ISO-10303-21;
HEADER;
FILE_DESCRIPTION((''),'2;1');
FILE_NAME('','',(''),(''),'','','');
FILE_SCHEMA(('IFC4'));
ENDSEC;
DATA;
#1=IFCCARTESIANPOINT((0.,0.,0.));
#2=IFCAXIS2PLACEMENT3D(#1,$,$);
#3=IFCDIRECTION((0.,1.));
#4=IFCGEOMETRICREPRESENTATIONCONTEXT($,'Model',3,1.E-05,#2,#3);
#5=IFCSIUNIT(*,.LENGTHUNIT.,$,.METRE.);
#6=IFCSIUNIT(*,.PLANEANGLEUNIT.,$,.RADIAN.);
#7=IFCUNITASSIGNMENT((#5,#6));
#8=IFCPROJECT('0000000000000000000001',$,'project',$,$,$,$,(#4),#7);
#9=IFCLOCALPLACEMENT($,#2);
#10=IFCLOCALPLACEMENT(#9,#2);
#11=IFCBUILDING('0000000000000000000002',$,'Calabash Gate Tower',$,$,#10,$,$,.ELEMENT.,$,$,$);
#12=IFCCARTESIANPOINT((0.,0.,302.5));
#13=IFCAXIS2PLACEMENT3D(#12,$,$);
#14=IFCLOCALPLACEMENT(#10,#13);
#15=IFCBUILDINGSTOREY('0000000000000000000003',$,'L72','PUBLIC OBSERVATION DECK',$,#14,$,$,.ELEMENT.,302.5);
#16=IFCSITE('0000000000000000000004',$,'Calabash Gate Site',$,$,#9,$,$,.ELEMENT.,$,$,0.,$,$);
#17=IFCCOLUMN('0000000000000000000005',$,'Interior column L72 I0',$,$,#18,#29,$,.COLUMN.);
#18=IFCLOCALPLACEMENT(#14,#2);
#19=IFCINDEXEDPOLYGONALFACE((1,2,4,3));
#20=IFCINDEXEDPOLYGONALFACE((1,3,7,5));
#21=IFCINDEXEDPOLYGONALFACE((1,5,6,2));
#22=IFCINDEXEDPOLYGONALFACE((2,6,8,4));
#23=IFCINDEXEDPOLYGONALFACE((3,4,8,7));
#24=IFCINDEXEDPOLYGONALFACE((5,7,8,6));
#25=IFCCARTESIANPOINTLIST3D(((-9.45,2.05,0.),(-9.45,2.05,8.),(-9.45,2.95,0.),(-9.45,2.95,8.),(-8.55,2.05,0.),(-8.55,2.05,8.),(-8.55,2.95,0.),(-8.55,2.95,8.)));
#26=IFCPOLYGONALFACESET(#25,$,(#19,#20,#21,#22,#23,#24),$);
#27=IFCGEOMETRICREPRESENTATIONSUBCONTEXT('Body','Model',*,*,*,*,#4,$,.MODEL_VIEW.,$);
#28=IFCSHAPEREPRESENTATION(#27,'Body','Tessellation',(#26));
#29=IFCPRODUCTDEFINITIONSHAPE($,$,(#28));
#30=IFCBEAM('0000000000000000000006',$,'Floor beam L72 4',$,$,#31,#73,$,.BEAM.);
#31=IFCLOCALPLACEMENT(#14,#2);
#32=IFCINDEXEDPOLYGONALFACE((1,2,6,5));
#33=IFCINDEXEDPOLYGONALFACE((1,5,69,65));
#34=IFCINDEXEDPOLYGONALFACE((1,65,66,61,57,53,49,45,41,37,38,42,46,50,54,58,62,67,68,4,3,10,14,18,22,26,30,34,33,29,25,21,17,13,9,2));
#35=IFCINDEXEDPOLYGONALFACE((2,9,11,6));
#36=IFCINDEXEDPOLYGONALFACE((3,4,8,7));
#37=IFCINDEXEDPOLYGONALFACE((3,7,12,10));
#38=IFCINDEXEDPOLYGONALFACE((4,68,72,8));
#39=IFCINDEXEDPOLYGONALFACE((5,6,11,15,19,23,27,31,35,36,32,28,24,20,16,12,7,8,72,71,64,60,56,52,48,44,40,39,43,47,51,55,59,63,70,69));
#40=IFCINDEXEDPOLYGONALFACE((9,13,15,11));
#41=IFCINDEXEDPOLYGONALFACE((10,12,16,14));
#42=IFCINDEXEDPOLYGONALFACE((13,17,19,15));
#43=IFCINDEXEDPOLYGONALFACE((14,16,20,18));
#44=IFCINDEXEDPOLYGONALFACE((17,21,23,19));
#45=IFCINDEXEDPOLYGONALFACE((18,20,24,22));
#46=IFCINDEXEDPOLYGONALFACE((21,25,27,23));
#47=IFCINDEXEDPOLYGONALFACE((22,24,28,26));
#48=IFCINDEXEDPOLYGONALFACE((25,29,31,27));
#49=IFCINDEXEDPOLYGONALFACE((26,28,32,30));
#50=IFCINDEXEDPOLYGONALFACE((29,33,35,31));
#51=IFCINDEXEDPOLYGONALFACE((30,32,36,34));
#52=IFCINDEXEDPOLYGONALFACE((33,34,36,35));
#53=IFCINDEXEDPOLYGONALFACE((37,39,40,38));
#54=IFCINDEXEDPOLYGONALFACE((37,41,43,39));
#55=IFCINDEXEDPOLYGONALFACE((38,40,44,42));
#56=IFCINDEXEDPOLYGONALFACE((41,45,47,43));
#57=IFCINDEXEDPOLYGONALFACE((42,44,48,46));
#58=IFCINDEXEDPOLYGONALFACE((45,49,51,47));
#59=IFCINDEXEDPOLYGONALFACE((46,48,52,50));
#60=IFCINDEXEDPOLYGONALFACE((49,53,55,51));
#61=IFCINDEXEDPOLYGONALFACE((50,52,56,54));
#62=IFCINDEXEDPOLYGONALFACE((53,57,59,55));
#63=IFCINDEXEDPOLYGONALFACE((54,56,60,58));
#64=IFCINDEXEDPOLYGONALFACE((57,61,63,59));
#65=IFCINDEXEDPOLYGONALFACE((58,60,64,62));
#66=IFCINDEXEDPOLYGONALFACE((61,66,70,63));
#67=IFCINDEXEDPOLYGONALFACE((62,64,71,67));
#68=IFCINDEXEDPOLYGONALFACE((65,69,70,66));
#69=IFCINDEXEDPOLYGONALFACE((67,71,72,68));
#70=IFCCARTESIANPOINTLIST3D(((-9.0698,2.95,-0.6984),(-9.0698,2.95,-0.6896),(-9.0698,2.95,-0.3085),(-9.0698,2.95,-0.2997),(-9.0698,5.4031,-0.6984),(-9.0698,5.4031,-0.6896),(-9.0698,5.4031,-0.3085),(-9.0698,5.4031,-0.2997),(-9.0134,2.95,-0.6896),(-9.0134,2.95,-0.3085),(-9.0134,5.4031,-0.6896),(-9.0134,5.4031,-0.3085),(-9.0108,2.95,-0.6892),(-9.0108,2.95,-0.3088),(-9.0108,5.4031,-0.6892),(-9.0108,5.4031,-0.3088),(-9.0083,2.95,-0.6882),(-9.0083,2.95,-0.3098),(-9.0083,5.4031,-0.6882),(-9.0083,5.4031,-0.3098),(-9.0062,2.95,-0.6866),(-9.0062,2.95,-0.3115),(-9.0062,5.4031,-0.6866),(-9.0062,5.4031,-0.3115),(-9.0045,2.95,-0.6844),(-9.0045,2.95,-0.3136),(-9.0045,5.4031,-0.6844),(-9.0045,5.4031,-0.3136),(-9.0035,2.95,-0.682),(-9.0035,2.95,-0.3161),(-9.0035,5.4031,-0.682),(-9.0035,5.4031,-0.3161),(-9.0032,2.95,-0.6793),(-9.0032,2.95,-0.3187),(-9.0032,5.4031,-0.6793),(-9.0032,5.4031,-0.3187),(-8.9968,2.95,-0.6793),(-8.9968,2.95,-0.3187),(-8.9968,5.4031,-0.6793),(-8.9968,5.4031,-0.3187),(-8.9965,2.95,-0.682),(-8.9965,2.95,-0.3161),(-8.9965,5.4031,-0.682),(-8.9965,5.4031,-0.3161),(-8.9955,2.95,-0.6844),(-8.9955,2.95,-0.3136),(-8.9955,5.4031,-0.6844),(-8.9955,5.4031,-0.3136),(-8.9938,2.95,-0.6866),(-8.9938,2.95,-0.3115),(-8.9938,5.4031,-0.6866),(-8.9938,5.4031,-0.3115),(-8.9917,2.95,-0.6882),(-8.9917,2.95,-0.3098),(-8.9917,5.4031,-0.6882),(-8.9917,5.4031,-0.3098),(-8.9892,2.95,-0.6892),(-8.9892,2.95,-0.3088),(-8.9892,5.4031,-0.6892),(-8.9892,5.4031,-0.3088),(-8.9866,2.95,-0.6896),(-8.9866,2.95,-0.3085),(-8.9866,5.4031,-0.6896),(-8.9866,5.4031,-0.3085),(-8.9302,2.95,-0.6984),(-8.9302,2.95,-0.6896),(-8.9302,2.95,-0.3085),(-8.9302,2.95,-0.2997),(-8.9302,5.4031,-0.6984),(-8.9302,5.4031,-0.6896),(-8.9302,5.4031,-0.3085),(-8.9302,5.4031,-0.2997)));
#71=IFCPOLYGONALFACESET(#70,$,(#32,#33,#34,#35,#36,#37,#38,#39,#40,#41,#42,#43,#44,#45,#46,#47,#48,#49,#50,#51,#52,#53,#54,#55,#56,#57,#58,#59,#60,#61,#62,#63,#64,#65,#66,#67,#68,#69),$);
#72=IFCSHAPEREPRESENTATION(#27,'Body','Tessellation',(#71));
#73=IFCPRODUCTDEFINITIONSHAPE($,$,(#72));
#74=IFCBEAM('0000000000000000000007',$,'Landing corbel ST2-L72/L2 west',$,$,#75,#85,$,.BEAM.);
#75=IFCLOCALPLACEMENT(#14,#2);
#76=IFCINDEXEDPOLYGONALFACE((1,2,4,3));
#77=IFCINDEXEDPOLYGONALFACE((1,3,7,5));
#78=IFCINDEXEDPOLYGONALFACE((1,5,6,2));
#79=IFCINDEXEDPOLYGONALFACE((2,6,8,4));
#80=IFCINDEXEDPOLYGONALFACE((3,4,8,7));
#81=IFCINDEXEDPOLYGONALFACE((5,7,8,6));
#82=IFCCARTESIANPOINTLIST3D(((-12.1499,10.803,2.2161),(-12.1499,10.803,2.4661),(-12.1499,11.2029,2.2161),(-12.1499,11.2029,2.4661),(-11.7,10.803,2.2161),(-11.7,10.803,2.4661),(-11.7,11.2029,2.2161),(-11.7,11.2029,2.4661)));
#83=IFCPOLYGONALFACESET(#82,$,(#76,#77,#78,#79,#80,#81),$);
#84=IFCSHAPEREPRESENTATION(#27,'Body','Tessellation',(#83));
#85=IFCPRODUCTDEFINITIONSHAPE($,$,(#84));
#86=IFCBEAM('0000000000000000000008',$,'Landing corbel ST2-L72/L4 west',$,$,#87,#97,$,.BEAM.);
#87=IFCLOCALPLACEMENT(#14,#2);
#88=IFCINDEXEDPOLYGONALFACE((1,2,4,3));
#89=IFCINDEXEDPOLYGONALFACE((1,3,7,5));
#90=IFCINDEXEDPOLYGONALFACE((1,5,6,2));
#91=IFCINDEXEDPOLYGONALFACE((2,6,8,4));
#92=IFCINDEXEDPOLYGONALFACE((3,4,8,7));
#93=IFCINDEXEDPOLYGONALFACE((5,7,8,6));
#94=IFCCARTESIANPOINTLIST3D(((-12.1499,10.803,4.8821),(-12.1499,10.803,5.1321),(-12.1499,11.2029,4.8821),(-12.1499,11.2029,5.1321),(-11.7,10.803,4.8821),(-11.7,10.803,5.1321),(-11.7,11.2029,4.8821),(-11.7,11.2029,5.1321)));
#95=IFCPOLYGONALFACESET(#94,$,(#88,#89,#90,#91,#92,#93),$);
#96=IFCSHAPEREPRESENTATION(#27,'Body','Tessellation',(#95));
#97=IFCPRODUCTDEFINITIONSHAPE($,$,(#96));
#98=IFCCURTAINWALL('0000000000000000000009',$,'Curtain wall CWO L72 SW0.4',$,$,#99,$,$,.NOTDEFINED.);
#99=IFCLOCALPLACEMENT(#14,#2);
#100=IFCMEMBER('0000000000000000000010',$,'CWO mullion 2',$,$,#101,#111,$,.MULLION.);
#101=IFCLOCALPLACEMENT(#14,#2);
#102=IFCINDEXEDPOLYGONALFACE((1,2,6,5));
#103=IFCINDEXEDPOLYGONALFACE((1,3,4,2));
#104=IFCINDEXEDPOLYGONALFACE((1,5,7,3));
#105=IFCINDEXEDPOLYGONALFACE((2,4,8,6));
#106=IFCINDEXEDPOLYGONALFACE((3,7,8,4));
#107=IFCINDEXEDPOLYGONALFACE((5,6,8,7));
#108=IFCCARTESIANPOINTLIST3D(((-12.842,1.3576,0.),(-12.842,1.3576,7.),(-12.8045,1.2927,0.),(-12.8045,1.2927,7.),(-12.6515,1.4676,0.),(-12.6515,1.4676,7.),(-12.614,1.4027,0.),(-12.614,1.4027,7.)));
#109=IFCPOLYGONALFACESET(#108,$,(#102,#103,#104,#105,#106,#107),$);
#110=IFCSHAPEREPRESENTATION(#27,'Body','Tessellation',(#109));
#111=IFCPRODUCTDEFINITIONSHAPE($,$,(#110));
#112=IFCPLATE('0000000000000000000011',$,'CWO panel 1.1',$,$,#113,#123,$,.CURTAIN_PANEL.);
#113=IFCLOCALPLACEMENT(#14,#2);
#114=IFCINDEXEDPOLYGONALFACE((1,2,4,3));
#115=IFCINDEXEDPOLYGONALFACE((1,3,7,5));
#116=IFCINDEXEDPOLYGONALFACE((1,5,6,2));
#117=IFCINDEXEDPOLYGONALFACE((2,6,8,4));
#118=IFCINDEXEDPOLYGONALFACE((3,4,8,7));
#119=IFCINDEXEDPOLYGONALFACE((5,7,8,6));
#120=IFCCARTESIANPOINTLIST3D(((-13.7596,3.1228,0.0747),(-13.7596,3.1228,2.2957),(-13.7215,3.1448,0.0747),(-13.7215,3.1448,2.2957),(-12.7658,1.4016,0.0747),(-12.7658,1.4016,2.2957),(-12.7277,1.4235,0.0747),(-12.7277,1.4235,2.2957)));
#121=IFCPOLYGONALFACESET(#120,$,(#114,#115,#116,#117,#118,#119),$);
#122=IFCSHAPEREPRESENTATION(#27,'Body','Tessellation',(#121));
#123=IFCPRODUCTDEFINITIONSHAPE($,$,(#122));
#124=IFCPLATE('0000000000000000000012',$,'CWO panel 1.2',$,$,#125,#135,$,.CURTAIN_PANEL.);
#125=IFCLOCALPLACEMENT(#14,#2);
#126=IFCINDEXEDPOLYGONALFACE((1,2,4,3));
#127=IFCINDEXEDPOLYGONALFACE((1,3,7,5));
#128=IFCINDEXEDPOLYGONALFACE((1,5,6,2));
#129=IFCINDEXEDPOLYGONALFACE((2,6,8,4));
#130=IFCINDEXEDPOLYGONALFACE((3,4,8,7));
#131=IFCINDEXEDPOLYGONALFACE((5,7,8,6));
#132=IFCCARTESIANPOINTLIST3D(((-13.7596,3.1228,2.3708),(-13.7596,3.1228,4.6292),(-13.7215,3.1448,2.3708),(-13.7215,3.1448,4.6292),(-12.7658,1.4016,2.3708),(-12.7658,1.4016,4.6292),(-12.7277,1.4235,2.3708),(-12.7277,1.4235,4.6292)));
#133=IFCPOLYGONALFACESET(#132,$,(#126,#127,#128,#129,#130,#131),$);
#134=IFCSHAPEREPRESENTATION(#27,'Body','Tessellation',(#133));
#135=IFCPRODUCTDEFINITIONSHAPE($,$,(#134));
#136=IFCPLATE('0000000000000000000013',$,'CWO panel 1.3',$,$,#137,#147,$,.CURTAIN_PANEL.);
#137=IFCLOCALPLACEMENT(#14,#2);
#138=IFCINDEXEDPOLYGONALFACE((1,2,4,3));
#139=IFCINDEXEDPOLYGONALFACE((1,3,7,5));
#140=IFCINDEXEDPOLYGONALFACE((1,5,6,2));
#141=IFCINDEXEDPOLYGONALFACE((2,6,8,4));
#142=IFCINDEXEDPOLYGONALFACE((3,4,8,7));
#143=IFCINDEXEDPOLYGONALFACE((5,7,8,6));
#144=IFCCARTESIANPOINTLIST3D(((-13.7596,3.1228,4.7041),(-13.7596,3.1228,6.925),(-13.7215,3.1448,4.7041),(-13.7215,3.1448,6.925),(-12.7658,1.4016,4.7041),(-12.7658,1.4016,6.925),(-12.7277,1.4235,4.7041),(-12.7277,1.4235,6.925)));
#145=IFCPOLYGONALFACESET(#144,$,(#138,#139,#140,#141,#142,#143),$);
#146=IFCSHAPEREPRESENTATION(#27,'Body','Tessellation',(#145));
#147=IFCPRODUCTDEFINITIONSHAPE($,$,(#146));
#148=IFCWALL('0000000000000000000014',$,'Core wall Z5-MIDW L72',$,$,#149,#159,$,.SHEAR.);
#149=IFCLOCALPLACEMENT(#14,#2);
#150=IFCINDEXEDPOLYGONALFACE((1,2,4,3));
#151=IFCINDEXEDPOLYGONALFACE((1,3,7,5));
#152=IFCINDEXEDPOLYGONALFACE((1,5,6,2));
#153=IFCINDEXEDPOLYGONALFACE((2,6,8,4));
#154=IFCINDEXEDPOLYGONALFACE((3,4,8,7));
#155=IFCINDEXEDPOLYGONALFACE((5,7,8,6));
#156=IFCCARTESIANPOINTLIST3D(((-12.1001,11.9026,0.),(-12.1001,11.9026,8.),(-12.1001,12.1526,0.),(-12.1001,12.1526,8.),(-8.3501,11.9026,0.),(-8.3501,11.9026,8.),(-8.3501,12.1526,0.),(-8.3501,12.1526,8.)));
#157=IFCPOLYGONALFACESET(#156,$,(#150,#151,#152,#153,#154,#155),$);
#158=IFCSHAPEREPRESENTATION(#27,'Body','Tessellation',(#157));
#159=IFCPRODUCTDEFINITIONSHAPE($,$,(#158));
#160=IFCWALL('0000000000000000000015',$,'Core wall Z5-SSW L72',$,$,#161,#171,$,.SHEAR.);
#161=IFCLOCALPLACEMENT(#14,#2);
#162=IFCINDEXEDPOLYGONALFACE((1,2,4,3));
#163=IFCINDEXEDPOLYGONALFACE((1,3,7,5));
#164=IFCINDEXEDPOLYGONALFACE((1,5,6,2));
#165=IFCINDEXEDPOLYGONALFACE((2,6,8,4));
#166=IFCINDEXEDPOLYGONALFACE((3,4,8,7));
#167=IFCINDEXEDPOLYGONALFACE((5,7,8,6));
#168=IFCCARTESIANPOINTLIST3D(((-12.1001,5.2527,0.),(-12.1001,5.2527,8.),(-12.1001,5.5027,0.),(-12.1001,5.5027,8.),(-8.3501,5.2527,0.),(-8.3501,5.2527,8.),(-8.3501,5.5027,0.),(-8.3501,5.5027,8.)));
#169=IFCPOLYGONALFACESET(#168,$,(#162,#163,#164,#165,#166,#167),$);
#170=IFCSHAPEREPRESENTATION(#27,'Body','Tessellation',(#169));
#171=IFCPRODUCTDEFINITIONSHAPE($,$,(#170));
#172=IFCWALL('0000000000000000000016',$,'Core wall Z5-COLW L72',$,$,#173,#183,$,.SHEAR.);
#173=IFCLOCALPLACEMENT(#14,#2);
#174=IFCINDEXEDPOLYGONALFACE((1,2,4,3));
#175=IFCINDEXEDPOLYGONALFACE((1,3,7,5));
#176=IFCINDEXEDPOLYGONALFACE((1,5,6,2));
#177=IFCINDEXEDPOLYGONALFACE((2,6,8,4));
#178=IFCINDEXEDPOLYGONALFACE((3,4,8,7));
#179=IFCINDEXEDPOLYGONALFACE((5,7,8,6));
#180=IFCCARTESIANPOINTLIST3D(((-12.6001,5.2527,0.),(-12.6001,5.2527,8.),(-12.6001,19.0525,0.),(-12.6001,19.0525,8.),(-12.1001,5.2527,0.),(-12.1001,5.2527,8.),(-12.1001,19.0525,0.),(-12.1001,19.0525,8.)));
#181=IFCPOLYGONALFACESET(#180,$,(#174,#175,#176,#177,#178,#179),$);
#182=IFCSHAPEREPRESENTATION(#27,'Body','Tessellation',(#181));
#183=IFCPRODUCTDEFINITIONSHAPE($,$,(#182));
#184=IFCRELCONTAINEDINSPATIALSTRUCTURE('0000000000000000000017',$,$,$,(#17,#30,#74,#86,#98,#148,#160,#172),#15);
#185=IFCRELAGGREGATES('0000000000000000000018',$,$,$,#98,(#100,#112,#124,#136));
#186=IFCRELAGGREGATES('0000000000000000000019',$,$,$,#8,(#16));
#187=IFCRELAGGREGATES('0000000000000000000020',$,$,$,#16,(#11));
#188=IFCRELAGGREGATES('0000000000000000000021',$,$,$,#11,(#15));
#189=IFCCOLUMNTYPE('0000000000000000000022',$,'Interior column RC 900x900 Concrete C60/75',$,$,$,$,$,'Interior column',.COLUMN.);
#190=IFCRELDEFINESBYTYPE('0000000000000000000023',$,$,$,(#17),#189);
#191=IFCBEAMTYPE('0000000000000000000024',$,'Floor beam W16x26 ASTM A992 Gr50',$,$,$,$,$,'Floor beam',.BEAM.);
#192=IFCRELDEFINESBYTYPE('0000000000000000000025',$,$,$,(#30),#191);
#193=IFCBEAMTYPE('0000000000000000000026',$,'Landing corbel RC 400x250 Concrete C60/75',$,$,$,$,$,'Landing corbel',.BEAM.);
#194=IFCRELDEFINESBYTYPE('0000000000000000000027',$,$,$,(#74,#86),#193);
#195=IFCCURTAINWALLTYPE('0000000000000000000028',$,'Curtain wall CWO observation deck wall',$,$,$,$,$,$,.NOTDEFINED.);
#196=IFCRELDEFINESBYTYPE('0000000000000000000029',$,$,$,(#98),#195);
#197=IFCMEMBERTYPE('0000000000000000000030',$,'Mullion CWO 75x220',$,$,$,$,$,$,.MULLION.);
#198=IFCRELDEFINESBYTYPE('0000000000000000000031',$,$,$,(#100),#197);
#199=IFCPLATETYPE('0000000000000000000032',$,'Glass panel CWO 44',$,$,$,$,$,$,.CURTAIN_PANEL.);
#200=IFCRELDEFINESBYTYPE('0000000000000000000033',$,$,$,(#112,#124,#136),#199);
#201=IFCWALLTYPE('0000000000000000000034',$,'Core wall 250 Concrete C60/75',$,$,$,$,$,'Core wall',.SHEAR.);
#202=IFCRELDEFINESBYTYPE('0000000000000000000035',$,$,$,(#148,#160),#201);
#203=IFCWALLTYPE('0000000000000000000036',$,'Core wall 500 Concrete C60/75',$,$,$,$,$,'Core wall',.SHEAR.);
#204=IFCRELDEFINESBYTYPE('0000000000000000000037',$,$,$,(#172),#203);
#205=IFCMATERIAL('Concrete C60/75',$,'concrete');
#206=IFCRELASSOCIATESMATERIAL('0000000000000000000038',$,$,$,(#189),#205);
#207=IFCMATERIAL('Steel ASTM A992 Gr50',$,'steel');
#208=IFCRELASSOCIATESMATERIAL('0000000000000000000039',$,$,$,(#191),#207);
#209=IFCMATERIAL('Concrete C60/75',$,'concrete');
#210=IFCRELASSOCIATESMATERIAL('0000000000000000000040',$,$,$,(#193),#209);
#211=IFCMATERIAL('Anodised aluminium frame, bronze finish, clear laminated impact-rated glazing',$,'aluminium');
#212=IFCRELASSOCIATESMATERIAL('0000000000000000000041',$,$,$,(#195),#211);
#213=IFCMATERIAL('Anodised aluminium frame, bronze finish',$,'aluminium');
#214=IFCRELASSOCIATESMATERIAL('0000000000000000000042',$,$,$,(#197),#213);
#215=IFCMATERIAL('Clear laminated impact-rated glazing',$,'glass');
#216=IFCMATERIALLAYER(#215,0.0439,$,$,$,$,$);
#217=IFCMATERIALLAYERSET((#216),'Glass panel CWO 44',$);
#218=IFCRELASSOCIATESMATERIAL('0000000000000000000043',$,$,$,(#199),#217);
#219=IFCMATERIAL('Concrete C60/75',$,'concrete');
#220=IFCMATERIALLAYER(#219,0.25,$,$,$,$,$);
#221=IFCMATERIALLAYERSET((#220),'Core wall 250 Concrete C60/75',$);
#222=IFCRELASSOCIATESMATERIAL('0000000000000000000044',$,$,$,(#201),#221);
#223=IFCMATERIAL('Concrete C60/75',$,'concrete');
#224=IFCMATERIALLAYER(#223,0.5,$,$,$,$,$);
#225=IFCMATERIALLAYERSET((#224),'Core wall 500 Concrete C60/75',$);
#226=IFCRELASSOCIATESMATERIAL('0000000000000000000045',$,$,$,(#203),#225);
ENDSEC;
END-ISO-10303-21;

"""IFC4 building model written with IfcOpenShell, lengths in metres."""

from ifc_helpers import new_model, si_unit, direction, frame, frame_2d, origin, origin_2d, place, context, subcontext, project, spatial, rectangle, i_section, extrude, material, layer, layer_set, material_profile, profile_set, type_object, element, aggregate, save


model = new_model("IFC4")

# Units and contexts
model_context = context("Model", 3, precision=1e-05, world=origin(), true_north=direction((0.0, 1.0)))
body_context = subcontext(model_context, "Body", "Model", "MODEL_VIEW")
ifc_project = project(units=[si_unit("LENGTHUNIT", "METRE"), si_unit("PLANEANGLEUNIT", "RADIAN")], contexts=[model_context])

# Site, building, storey
site_placement = place(None, origin())
site = spatial("IfcSite", under=ifc_project, at=site_placement, Name="Calabash Gate Site", CompositionType="ELEMENT", RefElevation=0.0)
building_placement = place(site_placement, origin())
building = spatial("IfcBuilding", under=site, at=building_placement, Name="Calabash Gate Tower", CompositionType="ELEMENT")
storey_placement = place(building_placement, frame((0.0, 0.0, 302.5)))
storey = spatial("IfcBuildingStorey", under=building, at=storey_placement, Name="L72", Description="PUBLIC OBSERVATION DECK", CompositionType="ELEMENT", Elevation=302.5)

# Column
ifc_material_1 = material(Name="Concrete C60/75", Category="concrete")
ifc_material_profile_1 = material_profile(ifc_material_1, rectangle(XDim=0.8999, YDim=0.8999, at=origin_2d()))
ifc_profile_set_1 = profile_set([ifc_material_profile_1], Name="Concrete C60/75")
column_type = type_object("IfcColumnType", Name="Interior column RC 900x900 Concrete C60/75", ElementType="Interior column", PredefinedType="COLUMN", material=ifc_profile_set_1)
column_placement = place(storey_placement, frame((-9.0, 2.5, 0.0), z_axis=(0.0, 0.0, 1.0), x_axis=(1.0, 0.0, 0.0)))
element("IfcColumn", 1, at=column_placement, inside=storey, type_object=column_type, Name="Interior column L72 I0", PredefinedType="COLUMN", context=body_context, shape_type="SweptSolid", body=[
    extrude(rectangle(XDim=0.8999, YDim=0.8999, at=origin_2d()), origin(), (0.0, 0.0, 1.0), 8.0),
])

# Beams
ifc_material_2 = material(Name="Steel ASTM A992 Gr50", Category="steel")
ifc_material_profile_2 = material_profile(ifc_material_2, i_section(OverallWidth=0.1396, OverallDepth=0.3987, WebThickness=0.0063, FlangeThickness=0.0088, FilletRadius=0.0103, at=origin_2d()))
ifc_profile_set_2 = profile_set([ifc_material_profile_2], Name="Steel ASTM A992 Gr50")
beam_type_1 = type_object("IfcBeamType", Name="Floor beam W16x26 ASTM A992 Gr50", ElementType="Floor beam", PredefinedType="BEAM", material=ifc_profile_set_2)
beam_placement = place(storey_placement, frame((-9.0, 2.95, -0.499), z_axis=(0.0, 1.0, 0.0), x_axis=(-1.0, 0.0, 0.0)))
element("IfcBeam", 2, at=beam_placement, inside=storey, type_object=beam_type_1, Name="Floor beam L72 4", PredefinedType="BEAM", context=body_context, shape_type="SweptSolid", body=[
    extrude(i_section(OverallWidth=0.1396, OverallDepth=0.3987, WebThickness=0.0063, FlangeThickness=0.0088, FilletRadius=0.0103, at=origin_2d()), origin(), (0.0, 0.0, 1.0), 2.4531),
])
ifc_material_3 = material(Name="Concrete C60/75", Category="concrete")
ifc_material_profile_3 = material_profile(ifc_material_3, rectangle(XDim=0.3999, YDim=0.25, at=origin_2d()))
ifc_profile_set_3 = profile_set([ifc_material_profile_3], Name="Concrete C60/75")
beam_type_2 = type_object("IfcBeamType", Name="Landing corbel RC 400x250 Concrete C60/75", ElementType="Landing corbel", PredefinedType="BEAM", material=ifc_profile_set_3)
for number, where, z_axis, x_axis, name in (
    (3, (-12.1499, 11.0029, 2.3411), (1.0, 0.0, 0.0), (0.0, 1.0, 0.0), "Landing corbel ST2-L72/L2 west"),
    (4, (-12.1499, 11.0029, 5.0071), (1.0, 0.0, 0.0), (0.0, 1.0, 0.0), "Landing corbel ST2-L72/L4 west"),
):
    element("IfcBeam", number, at=place(storey_placement, frame(where, z_axis=z_axis, x_axis=x_axis)), inside=storey, type_object=beam_type_2, Name=name, PredefinedType="BEAM", context=body_context, shape_type="SweptSolid", body=[
        extrude(rectangle(XDim=0.3999, YDim=0.25, at=origin_2d()), origin(), (0.0, 0.0, 1.0), 0.45),
    ])

# Curtain wall, member, plates
ifc_material_4 = material(Name="Anodised aluminium frame, bronze finish, clear laminated impact-rated glazing", Category="aluminium")
curtain_wall_type = type_object("IfcCurtainWallType", Name="Curtain wall CWO observation deck wall", PredefinedType="NOTDEFINED", material=ifc_material_4)
curtain_wall_placement = place(storey_placement, origin())
curtain_wall = element("IfcCurtainWall", 5, at=curtain_wall_placement, inside=storey, type_object=curtain_wall_type, Name="Curtain wall CWO L72 SW0.4", PredefinedType="NOTDEFINED")
ifc_material_5 = material(Name="Anodised aluminium frame, bronze finish", Category="aluminium")
ifc_material_profile_4 = material_profile(ifc_material_5, rectangle(XDim=0.22, YDim=0.075, at=origin_2d()))
ifc_profile_set_4 = profile_set([ifc_material_profile_4], Name="Anodised aluminium frame, bronze finish")
member_type = type_object("IfcMemberType", Name="Mullion CWO 75x220", PredefinedType="MULLION", material=ifc_profile_set_4)
member_placement = place(storey_placement, frame((-12.728, 1.3801, 0.0), z_axis=(0.0, 0.0, 1.0), x_axis=(0.866025, 0.5, 0.0)))
member = element("IfcMember", 6, at=member_placement, type_object=member_type, Name="CWO mullion 2", PredefinedType="MULLION", context=body_context, shape_type="SweptSolid", body=[
    extrude(rectangle(XDim=0.22, YDim=0.075, at=origin_2d()), origin(), (0.0, 0.0, 1.0), 7.0),
])
ifc_material_6 = material(Name="Clear laminated impact-rated glazing", Category="glass")
ifc_layer_1 = layer(ifc_material_6, 0.0439)
ifc_layer_set_1 = layer_set([ifc_layer_1], Name="Glass panel CWO 44")
plate_type = type_object("IfcPlateType", Name="Glass panel CWO 44", PredefinedType="CURTAIN_PANEL", material=ifc_layer_set_1)
plate_1_placement = place(storey_placement, frame((-13.2437, 2.2732, 0.0747), z_axis=(0.0, 0.0, 1.0), x_axis=(0.5, -0.866025, 0.0)))
plate_1 = element("IfcPlate", 7, at=plate_1_placement, type_object=plate_type, Name="CWO panel 1.1", PredefinedType="CURTAIN_PANEL", context=body_context, shape_type="SweptSolid", body=[
    extrude(rectangle(XDim=1.9875, YDim=0.0439, at=origin_2d()), origin(), (0.0, 0.0, 1.0), 2.2209),
])
plate_2_placement = place(storey_placement, frame((-13.2437, 2.2732, 2.3708), z_axis=(0.0, 0.0, 1.0), x_axis=(0.5, -0.866025, 0.0)))
plate_2 = element("IfcPlate", 8, at=plate_2_placement, type_object=plate_type, Name="CWO panel 1.2", PredefinedType="CURTAIN_PANEL", context=body_context, shape_type="SweptSolid", body=[
    extrude(rectangle(XDim=1.9875, YDim=0.0439, at=origin_2d()), origin(), (0.0, 0.0, 1.0), 2.2583),
])
plate_3_placement = place(storey_placement, frame((-13.2437, 2.2732, 4.7041), z_axis=(0.0, 0.0, 1.0), x_axis=(0.5, -0.866025, 0.0)))
plate_3 = element("IfcPlate", 9, at=plate_3_placement, type_object=plate_type, Name="CWO panel 1.3", PredefinedType="CURTAIN_PANEL", context=body_context, shape_type="SweptSolid", body=[
    extrude(rectangle(XDim=1.9875, YDim=0.0439, at=origin_2d()), origin(), (0.0, 0.0, 1.0), 2.2209),
])
aggregate(curtain_wall, [member, plate_1, plate_2, plate_3])

# Walls
ifc_material_7 = material(Name="Concrete C60/75", Category="concrete")
ifc_layer_2 = layer(ifc_material_7, 0.25)
ifc_layer_set_2 = layer_set([ifc_layer_2], Name="Core wall 250 Concrete C60/75")
wall_type_1 = type_object("IfcWallType", Name="Core wall 250 Concrete C60/75", ElementType="Core wall", PredefinedType="SHEAR", material=ifc_layer_set_2)
for number, where, z_axis, x_axis, name in (
    (10, (-12.1001, 12.0276, 0.0), (0.0, 0.0, 1.0), (1.0, 0.0, 0.0), "Core wall Z5-MIDW L72"),
    (11, (-12.1001, 5.3777, 0.0), (0.0, 0.0, 1.0), (1.0, 0.0, 0.0), "Core wall Z5-SSW L72"),
):
    element("IfcWall", number, at=place(storey_placement, frame(where, z_axis=z_axis, x_axis=x_axis)), inside=storey, type_object=wall_type_1, Name=name, PredefinedType="SHEAR", context=body_context, shape_type="SweptSolid", body=[
        extrude(rectangle(XDim=3.75, YDim=0.25, at=frame_2d((1.875, 0.0))), origin(), (0.0, 0.0, 1.0), 8.0),
    ])
ifc_material_8 = material(Name="Concrete C60/75", Category="concrete")
ifc_layer_3 = layer(ifc_material_8, 0.5)
ifc_layer_set_3 = layer_set([ifc_layer_3], Name="Core wall 500 Concrete C60/75")
wall_type_2 = type_object("IfcWallType", Name="Core wall 500 Concrete C60/75", ElementType="Core wall", PredefinedType="SHEAR", material=ifc_layer_set_3)
wall_1_placement = place(storey_placement, frame((-12.3501, 5.2527, 0.0), z_axis=(0.0, 0.0, 1.0), x_axis=(0.0, 1.0, 0.0)))
element("IfcWall", 12, at=wall_1_placement, inside=storey, type_object=wall_type_2, Name="Core wall Z5-COLW L72", PredefinedType="SHEAR", context=body_context, shape_type="SweptSolid", body=[
    extrude(rectangle(XDim=13.7998, YDim=0.5, at=frame_2d((6.8999, 0.0))), origin(), (0.0, 0.0, 1.0), 8.0),
])

save(model, "model.ifc")
